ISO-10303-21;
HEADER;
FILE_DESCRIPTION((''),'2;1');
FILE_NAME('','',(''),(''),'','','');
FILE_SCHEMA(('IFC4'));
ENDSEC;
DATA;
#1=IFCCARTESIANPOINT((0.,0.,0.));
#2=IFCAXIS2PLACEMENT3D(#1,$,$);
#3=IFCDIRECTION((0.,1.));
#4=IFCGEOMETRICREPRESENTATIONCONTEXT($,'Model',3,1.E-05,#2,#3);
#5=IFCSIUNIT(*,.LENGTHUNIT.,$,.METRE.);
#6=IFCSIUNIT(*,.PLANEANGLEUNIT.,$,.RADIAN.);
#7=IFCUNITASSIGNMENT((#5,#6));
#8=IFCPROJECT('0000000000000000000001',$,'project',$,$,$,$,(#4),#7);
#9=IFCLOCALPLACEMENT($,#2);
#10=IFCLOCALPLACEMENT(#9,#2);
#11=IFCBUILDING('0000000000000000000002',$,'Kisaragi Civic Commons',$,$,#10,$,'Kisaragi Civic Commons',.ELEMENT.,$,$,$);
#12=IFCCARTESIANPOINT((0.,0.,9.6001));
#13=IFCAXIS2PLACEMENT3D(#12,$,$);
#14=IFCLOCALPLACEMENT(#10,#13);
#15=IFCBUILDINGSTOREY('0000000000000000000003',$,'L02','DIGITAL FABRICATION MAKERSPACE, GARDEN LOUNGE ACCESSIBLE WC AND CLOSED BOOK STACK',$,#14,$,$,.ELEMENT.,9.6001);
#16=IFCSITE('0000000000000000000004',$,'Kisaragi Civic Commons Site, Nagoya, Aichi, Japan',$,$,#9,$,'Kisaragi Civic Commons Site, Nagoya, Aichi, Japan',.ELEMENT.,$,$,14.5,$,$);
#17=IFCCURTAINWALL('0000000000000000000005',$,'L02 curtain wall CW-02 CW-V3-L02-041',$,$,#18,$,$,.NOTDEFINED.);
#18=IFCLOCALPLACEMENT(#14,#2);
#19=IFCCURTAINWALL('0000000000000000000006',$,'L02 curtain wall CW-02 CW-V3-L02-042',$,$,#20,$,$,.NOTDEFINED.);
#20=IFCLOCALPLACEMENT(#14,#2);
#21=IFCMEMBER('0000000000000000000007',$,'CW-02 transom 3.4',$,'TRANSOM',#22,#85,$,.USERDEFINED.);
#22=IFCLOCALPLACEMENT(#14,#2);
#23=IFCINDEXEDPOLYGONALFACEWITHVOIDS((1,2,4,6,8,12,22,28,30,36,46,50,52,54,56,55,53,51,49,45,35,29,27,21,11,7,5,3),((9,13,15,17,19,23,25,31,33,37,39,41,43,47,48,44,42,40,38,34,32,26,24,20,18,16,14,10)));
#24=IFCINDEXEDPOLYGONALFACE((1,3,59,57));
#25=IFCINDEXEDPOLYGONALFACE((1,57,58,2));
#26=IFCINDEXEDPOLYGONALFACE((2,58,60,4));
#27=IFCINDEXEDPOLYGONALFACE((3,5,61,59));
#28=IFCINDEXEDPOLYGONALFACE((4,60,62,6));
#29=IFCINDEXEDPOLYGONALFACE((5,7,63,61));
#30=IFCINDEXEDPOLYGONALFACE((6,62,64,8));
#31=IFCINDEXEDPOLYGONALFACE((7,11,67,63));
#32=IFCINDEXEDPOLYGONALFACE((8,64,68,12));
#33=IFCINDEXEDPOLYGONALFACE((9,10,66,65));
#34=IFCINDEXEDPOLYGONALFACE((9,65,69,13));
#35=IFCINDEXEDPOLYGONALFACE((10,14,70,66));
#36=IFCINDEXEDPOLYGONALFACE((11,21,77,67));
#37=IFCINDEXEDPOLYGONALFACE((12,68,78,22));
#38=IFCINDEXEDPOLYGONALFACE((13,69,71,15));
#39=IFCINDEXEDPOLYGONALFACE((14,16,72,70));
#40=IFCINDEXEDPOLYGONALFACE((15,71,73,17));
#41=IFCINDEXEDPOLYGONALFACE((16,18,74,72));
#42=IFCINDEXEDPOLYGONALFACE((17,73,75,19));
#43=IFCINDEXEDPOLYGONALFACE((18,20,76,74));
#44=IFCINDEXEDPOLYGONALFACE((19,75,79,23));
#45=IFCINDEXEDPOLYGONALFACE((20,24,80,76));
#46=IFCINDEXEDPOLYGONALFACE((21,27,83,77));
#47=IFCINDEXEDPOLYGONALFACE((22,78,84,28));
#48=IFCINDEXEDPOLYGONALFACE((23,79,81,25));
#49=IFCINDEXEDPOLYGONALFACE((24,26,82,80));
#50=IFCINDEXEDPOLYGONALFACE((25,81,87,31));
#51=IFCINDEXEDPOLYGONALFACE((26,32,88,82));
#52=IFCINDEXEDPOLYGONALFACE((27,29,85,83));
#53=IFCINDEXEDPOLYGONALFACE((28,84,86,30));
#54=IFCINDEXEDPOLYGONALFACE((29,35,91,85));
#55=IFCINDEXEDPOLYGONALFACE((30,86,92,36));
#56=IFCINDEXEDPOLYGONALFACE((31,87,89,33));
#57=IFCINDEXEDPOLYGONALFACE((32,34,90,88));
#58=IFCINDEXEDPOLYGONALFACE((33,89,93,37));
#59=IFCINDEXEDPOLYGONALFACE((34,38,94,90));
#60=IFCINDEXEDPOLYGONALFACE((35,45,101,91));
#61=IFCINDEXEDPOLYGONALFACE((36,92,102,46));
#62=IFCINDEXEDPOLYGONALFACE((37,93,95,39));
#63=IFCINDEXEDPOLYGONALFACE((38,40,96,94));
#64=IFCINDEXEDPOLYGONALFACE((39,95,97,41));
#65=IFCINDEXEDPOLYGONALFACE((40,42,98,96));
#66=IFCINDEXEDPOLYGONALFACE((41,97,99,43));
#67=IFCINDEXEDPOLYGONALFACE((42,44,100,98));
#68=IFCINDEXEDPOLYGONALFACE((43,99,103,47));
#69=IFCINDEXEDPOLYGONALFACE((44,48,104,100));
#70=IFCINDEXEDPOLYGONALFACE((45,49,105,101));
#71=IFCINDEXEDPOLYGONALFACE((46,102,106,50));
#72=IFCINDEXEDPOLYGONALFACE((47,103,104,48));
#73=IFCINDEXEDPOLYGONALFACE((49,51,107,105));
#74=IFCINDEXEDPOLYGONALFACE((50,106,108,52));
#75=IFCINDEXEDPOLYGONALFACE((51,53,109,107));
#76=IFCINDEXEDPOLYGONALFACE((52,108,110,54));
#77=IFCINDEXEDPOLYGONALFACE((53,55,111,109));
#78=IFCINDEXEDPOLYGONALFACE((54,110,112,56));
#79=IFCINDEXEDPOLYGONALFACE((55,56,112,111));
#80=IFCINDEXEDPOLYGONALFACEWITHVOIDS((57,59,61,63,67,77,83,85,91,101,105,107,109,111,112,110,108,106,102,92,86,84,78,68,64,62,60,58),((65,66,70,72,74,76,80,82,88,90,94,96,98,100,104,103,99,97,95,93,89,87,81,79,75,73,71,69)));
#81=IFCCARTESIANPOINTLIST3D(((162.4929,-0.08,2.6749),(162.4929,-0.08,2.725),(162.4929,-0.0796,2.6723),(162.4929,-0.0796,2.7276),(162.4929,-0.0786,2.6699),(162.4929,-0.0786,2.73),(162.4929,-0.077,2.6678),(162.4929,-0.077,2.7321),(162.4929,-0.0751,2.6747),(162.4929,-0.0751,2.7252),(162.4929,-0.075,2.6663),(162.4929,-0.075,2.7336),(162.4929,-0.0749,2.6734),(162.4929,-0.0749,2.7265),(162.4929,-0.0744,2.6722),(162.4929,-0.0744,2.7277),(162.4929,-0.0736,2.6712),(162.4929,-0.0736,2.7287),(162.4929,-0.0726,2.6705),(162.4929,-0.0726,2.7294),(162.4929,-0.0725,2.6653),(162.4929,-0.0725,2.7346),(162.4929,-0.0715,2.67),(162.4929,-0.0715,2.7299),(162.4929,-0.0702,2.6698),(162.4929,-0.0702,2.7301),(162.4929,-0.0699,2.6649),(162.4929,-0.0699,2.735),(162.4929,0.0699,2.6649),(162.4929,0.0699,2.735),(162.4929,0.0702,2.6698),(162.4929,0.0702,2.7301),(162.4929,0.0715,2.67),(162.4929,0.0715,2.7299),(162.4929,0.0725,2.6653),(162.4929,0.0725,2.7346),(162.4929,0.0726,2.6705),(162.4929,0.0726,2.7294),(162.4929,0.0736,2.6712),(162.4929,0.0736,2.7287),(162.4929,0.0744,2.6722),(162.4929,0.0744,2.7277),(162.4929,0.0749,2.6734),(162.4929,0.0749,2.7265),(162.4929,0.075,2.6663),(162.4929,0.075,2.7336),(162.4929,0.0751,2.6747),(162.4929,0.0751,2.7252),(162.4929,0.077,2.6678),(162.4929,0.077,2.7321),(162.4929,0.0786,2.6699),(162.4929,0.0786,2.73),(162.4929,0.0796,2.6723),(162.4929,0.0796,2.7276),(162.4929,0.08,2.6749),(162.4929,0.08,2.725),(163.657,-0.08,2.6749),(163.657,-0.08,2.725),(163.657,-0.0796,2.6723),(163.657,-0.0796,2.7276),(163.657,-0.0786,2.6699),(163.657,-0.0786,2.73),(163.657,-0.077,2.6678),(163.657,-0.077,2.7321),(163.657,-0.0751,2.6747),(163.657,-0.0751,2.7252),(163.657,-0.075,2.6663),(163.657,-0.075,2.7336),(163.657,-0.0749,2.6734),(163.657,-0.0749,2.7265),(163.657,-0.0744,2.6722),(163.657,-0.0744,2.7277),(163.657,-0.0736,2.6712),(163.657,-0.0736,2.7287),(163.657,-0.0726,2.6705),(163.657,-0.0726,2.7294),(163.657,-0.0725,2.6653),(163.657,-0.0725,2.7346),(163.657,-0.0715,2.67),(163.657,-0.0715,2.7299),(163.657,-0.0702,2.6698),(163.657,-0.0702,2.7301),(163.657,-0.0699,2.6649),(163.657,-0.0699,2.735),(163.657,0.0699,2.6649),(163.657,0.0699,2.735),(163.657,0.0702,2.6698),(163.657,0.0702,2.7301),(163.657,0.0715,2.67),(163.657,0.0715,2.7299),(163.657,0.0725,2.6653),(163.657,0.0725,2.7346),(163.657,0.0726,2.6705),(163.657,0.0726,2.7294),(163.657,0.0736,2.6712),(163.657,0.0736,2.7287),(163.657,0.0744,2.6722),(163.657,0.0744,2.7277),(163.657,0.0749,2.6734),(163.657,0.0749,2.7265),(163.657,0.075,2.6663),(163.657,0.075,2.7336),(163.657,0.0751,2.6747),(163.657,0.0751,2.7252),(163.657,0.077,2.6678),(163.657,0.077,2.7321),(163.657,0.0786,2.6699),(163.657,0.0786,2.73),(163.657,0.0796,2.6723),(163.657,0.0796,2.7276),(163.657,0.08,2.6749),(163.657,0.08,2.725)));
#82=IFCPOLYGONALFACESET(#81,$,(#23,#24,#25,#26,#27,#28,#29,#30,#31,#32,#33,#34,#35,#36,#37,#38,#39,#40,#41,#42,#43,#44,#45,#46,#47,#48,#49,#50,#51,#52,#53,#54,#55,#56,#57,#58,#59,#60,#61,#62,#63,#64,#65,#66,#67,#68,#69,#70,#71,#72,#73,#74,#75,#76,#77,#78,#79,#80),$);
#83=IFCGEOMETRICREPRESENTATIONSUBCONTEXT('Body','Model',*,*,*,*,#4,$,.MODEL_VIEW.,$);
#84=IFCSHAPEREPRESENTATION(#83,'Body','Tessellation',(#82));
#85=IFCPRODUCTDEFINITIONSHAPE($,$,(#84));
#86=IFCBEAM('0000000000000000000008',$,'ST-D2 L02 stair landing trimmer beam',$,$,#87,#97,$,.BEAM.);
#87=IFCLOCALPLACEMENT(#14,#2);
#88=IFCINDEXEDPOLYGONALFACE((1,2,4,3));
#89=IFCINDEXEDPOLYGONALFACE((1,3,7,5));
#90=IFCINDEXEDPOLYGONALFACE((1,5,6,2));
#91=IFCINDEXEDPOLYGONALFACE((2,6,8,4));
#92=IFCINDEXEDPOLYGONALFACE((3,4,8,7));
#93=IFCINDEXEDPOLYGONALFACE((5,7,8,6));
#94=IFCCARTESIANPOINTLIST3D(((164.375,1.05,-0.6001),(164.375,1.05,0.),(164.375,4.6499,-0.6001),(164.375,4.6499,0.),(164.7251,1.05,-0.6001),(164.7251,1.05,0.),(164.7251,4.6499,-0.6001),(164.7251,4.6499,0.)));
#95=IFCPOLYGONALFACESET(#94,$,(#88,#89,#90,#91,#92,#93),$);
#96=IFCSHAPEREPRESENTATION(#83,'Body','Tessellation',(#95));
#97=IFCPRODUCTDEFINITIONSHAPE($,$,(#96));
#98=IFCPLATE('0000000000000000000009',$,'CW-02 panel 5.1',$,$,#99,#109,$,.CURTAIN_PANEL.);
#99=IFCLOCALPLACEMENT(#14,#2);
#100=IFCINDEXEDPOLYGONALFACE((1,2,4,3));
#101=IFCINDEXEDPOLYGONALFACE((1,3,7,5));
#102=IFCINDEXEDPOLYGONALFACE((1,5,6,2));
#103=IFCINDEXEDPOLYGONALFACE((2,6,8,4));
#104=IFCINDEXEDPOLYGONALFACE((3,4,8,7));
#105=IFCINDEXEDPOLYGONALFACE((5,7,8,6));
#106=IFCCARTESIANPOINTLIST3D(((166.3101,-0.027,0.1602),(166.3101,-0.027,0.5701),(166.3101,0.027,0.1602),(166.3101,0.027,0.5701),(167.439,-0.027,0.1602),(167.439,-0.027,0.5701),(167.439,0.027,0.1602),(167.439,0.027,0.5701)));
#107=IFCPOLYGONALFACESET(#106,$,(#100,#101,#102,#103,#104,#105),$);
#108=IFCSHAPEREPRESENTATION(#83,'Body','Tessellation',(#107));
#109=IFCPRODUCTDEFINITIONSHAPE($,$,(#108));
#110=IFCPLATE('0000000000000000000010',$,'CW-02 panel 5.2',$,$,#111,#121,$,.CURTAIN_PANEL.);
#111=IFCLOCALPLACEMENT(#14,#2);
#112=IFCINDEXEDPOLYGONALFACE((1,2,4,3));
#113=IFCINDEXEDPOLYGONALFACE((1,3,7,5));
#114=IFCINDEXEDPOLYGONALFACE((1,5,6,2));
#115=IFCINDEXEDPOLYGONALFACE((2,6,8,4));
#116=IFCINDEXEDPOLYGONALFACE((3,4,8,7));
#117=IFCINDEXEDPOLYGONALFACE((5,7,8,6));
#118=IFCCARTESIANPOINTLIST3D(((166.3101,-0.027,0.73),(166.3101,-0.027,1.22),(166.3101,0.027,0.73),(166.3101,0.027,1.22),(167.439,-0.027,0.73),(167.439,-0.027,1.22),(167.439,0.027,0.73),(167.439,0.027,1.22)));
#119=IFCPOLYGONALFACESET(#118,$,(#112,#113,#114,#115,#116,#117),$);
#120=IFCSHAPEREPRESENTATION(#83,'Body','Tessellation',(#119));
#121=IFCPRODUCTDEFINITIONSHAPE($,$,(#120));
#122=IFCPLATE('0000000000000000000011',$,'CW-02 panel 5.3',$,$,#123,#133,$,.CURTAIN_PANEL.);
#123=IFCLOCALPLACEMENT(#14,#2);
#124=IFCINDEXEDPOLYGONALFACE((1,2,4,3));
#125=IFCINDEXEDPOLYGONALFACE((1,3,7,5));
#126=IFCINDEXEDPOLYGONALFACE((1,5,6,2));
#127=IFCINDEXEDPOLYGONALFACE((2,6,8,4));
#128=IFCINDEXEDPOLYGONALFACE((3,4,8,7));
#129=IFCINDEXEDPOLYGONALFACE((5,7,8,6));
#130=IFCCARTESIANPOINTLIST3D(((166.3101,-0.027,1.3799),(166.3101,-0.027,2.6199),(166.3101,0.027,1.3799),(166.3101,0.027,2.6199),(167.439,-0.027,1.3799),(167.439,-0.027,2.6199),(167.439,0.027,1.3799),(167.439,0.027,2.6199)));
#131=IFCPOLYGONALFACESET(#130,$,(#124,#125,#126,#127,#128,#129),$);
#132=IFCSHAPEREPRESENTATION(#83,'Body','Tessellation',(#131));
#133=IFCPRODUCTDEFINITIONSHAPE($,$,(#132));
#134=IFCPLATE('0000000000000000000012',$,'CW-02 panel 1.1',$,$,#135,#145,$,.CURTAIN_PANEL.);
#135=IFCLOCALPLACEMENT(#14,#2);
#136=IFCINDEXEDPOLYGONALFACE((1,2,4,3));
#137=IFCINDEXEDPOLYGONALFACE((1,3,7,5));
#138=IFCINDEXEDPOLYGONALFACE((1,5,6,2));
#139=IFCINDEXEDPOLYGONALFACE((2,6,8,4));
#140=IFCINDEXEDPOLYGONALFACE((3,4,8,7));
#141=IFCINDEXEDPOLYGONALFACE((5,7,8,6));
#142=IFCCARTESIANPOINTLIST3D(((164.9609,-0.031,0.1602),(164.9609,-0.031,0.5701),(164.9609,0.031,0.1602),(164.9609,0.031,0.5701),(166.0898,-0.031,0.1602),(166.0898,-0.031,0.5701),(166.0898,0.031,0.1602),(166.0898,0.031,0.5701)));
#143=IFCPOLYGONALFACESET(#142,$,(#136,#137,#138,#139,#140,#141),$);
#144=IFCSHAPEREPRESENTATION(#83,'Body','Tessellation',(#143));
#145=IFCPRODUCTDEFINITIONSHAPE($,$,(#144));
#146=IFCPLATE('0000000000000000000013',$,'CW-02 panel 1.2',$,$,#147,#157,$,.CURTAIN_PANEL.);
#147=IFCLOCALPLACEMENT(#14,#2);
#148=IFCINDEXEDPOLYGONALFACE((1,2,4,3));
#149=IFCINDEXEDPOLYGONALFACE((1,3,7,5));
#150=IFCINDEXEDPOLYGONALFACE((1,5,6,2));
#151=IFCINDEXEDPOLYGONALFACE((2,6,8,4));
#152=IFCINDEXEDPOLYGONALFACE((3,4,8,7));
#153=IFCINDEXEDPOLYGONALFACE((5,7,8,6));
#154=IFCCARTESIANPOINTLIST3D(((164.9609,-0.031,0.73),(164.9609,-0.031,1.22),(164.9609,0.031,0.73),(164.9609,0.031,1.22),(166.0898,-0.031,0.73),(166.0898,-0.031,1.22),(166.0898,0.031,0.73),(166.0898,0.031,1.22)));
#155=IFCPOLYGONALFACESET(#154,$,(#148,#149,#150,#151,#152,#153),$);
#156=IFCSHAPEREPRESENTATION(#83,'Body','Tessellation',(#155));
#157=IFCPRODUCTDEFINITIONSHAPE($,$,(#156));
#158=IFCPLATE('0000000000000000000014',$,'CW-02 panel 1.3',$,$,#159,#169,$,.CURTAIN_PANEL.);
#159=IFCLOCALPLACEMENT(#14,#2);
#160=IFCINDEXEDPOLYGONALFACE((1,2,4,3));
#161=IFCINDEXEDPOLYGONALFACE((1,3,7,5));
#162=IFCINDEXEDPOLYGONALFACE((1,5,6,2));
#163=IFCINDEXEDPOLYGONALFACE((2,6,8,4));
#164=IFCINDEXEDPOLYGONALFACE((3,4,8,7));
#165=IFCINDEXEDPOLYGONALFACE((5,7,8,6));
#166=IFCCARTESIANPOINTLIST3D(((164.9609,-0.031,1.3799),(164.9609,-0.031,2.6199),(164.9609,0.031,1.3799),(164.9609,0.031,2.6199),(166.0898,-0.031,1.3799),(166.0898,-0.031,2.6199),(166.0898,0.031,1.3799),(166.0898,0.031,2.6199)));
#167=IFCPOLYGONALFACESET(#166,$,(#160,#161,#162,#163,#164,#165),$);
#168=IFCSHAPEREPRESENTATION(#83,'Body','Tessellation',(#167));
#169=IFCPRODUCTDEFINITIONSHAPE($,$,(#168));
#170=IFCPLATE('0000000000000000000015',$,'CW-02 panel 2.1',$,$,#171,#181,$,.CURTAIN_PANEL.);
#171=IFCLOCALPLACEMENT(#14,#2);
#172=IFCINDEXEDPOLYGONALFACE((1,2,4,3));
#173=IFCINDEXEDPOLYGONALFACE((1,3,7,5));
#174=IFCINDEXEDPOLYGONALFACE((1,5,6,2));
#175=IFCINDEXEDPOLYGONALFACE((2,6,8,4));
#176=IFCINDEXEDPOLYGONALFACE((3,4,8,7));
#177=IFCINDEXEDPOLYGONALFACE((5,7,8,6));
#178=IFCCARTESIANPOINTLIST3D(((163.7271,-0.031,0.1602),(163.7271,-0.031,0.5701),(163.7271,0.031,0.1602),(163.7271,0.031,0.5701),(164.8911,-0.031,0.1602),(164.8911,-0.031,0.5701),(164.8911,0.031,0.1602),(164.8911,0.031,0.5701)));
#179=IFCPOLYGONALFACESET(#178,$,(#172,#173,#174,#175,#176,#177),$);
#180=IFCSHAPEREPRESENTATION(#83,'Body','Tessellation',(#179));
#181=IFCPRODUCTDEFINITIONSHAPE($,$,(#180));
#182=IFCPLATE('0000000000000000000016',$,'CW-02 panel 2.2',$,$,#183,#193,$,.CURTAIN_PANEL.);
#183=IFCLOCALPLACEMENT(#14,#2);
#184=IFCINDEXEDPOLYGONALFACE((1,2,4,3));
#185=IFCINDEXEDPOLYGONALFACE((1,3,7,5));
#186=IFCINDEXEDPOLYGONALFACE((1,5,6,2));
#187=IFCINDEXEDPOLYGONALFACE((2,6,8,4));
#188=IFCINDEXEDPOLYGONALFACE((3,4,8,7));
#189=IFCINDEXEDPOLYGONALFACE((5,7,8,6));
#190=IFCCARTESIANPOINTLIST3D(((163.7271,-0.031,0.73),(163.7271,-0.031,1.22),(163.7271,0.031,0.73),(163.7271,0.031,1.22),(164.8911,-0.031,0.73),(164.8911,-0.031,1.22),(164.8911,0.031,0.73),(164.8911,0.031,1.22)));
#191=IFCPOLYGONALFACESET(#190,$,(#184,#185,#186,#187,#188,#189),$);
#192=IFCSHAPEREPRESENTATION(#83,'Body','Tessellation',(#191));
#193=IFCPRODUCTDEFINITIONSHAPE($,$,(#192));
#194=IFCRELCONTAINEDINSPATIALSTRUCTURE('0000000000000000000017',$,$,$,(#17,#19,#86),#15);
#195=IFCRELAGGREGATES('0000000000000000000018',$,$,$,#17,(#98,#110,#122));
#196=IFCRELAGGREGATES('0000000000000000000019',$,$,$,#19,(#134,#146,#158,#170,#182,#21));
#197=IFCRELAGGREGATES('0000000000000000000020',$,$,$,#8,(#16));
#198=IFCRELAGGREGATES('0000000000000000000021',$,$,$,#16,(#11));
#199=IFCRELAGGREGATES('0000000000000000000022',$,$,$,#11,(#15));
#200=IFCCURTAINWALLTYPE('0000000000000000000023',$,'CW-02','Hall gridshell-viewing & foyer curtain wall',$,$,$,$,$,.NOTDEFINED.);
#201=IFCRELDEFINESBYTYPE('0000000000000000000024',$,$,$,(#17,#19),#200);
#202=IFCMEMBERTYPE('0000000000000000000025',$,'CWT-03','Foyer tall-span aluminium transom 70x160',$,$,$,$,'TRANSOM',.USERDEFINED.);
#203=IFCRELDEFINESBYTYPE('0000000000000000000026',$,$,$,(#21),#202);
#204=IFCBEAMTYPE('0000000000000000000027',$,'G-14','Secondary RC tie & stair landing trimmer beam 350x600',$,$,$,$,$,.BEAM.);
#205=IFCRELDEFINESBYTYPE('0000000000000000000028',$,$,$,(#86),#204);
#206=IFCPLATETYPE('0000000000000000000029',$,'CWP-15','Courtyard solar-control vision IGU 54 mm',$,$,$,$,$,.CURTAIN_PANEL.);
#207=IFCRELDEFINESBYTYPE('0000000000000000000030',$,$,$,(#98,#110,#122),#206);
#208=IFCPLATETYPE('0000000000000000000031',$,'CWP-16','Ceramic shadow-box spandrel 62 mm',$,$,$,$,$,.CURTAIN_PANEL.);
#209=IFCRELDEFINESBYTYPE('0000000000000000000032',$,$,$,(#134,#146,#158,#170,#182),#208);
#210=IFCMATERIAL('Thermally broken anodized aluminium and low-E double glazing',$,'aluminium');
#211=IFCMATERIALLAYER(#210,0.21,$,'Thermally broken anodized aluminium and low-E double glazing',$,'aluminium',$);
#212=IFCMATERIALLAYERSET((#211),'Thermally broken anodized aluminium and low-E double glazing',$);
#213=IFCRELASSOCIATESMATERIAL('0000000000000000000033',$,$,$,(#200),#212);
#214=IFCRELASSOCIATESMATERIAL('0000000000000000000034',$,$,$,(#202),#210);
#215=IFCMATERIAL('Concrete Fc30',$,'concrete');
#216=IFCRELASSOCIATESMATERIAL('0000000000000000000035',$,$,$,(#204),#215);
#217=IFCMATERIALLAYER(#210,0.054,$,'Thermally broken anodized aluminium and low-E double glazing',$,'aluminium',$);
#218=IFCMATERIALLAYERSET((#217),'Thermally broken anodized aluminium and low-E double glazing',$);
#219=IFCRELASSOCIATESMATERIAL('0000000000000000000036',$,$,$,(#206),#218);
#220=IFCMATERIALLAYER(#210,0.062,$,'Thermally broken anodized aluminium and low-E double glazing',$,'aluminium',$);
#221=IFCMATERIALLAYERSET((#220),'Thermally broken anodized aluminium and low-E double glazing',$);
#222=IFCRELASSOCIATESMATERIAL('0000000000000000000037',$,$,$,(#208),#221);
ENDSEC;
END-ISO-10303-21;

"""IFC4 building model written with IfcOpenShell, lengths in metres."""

from ifc_helpers import new_model, si_unit, direction, frame, origin, origin_2d, place, context, subcontext, project, spatial, rectangle, hollow_rectangle, extrude, material, layer, layer_set, material_profile, profile_set, type_object, element, aggregate, save


model = new_model("IFC4")

# Units and contexts
model_context = context("Model", 3, precision=1e-05, world=origin(), true_north=direction((0.0, 1.0)))
body_context = subcontext(model_context, "Body", "Model", "MODEL_VIEW")
ifc_project = project(units=[si_unit("LENGTHUNIT", "METRE"), si_unit("PLANEANGLEUNIT", "RADIAN")], contexts=[model_context])

# Site, building, storey
site_placement = place(None, origin())
site = spatial("IfcSite", under=ifc_project, at=site_placement, Name="Kisaragi Civic Commons Site, Nagoya, Aichi, Japan", LongName="Kisaragi Civic Commons Site, Nagoya, Aichi, Japan", CompositionType="ELEMENT", RefElevation=14.5)
building_placement = place(site_placement, origin())
building = spatial("IfcBuilding", under=site, at=building_placement, Name="Kisaragi Civic Commons", LongName="Kisaragi Civic Commons", CompositionType="ELEMENT")
storey_placement = place(building_placement, frame((0.0, 0.0, 9.6001)))
storey = spatial("IfcBuildingStorey", under=building, at=storey_placement, Name="L02", Description="DIGITAL FABRICATION MAKERSPACE, GARDEN LOUNGE ACCESSIBLE WC AND CLOSED BOOK STACK", CompositionType="ELEMENT", Elevation=9.6001)

# Curtain wall
ifc_material_1 = material(Name="Thermally broken anodized aluminium and low-E double glazing", Category="aluminium")
ifc_layer_1 = layer(ifc_material_1, 0.21, Name="Thermally broken anodized aluminium and low-E double glazing", Category="aluminium")
ifc_layer_set_1 = layer_set([ifc_layer_1], Name="Thermally broken anodized aluminium and low-E double glazing")
curtain_wall_type = type_object("IfcCurtainWallType", Name="CW-02", Description="Hall gridshell-viewing & foyer curtain wall", PredefinedType="NOTDEFINED", material=ifc_layer_set_1)
curtain_wall_1_placement = place(storey_placement, origin())
curtain_wall_1 = element("IfcCurtainWall", 1, at=curtain_wall_1_placement, inside=storey, type_object=curtain_wall_type, Name="L02 curtain wall CW-02 CW-V3-L02-041", PredefinedType="NOTDEFINED")

# Curtain wall
curtain_wall_2_placement = place(storey_placement, origin())
curtain_wall_2 = element("IfcCurtainWall", 2, at=curtain_wall_2_placement, inside=storey, type_object=curtain_wall_type, Name="L02 curtain wall CW-02 CW-V3-L02-042", PredefinedType="NOTDEFINED")

# Member
ifc_material_profile_1 = material_profile(ifc_material_1, hollow_rectangle(XDim=0.1599, YDim=0.0701, WallThickness=0.0049, InnerFilletRadius=0.0049, OuterFilletRadius=0.01, at=origin_2d()), Name="CWT-70x160x5", Category="aluminium")
ifc_profile_set_1 = profile_set([ifc_material_profile_1], Name="Thermally broken anodized aluminium and low-E double glazing")
member_type_1 = type_object("IfcMemberType", Name="CWT-03", Description="Foyer tall-span aluminium transom 70x160", ElementType="TRANSOM", PredefinedType="USERDEFINED", material=ifc_profile_set_1)
member_1_placement = place(storey_placement, frame((163.657, 0.0, 2.7), z_axis=(-1.0, 0.0, 0.0), x_axis=(0.0, -1.0, 0.0)))
member_1 = element("IfcMember", 3, at=member_1_placement, type_object=member_type_1, Name="CW-02 transom 3.4", ObjectType="TRANSOM", PredefinedType="USERDEFINED", context=body_context, shape_type="SweptSolid", body=[
    extrude(hollow_rectangle(XDim=0.1599, YDim=0.0701, WallThickness=0.0049, InnerFilletRadius=0.0049, OuterFilletRadius=0.01, at=origin_2d()), origin(), (0.0, 0.0, 1.0), 1.1641),
])

# Beam
ifc_material_2 = material(Name="Concrete Fc30", Category="concrete")
ifc_material_profile_2 = material_profile(ifc_material_2, rectangle(XDim=0.3501, YDim=0.6001, at=origin_2d()), Name="RC-350x600", Category="concrete")
ifc_profile_set_2 = profile_set([ifc_material_profile_2], Name="Concrete Fc30")
beam_type = type_object("IfcBeamType", Name="G-14", Description="Secondary RC tie & stair landing trimmer beam 350x600", PredefinedType="BEAM", material=ifc_profile_set_2)
beam_placement = place(storey_placement, frame((164.55, 1.05, -0.3), z_axis=(0.0, 1.0, 0.0), x_axis=(-1.0, 0.0, 0.0)))
element("IfcBeam", 4, at=beam_placement, inside=storey, type_object=beam_type, Name="ST-D2 L02 stair landing trimmer beam", PredefinedType="BEAM", context=body_context, shape_type="SweptSolid", body=[
    extrude(rectangle(XDim=0.3501, YDim=0.6001, at=origin_2d()), origin(), (0.0, 0.0, 1.0), 3.5999),
])

# Plates
ifc_layer_2 = layer(ifc_material_1, 0.054, Name="Thermally broken anodized aluminium and low-E double glazing", Category="aluminium")
ifc_layer_set_2 = layer_set([ifc_layer_2], Name="Thermally broken anodized aluminium and low-E double glazing")
plate_type_1 = type_object("IfcPlateType", Name="CWP-15", Description="Courtyard solar-control vision IGU 54 mm", PredefinedType="CURTAIN_PANEL", material=ifc_layer_set_2)
plate_1_placement = place(storey_placement, frame((166.8745, 0.0, 0.1602), z_axis=(0.0, 0.0, 1.0), x_axis=(-1.0, 0.0, 0.0)))
plate_1 = element("IfcPlate", 5, at=plate_1_placement, type_object=plate_type_1, Name="CW-02 panel 5.1", PredefinedType="CURTAIN_PANEL", context=body_context, shape_type="SweptSolid", body=[
    extrude(rectangle(XDim=1.1289, YDim=0.054, at=origin_2d()), origin(), (0.0, 0.0, 1.0), 0.4099),
])
plate_2_placement = place(storey_placement, frame((166.8745, 0.0, 0.73), z_axis=(0.0, 0.0, 1.0), x_axis=(-1.0, 0.0, 0.0)))
plate_2 = element("IfcPlate", 6, at=plate_2_placement, type_object=plate_type_1, Name="CW-02 panel 5.2", PredefinedType="CURTAIN_PANEL", context=body_context, shape_type="SweptSolid", body=[
    extrude(rectangle(XDim=1.1289, YDim=0.054, at=origin_2d()), origin(), (0.0, 0.0, 1.0), 0.49),
])
plate_3_placement = place(storey_placement, frame((166.8745, 0.0, 1.3799), z_axis=(0.0, 0.0, 1.0), x_axis=(-1.0, 0.0, 0.0)))
plate_3 = element("IfcPlate", 7, at=plate_3_placement, type_object=plate_type_1, Name="CW-02 panel 5.3", PredefinedType="CURTAIN_PANEL", context=body_context, shape_type="SweptSolid", body=[
    extrude(rectangle(XDim=1.1289, YDim=0.054, at=origin_2d()), origin(), (0.0, 0.0, 1.0), 1.24),
])
aggregate(curtain_wall_1, [plate_1, plate_2, plate_3])
ifc_layer_3 = layer(ifc_material_1, 0.062, Name="Thermally broken anodized aluminium and low-E double glazing", Category="aluminium")
ifc_layer_set_3 = layer_set([ifc_layer_3], Name="Thermally broken anodized aluminium and low-E double glazing")
plate_type_2 = type_object("IfcPlateType", Name="CWP-16", Description="Ceramic shadow-box spandrel 62 mm", PredefinedType="CURTAIN_PANEL", material=ifc_layer_set_3)
plate_4_placement = place(storey_placement, frame((165.5254, 0.0, 0.1602), z_axis=(0.0, 0.0, 1.0), x_axis=(-1.0, 0.0, 0.0)))
plate_4 = element("IfcPlate", 8, at=plate_4_placement, type_object=plate_type_2, Name="CW-02 panel 1.1", PredefinedType="CURTAIN_PANEL", context=body_context, shape_type="SweptSolid", body=[
    extrude(rectangle(XDim=1.1289, YDim=0.062, at=origin_2d()), origin(), (0.0, 0.0, 1.0), 0.4099),
])
plate_5_placement = place(storey_placement, frame((165.5254, 0.0, 0.73), z_axis=(0.0, 0.0, 1.0), x_axis=(-1.0, 0.0, 0.0)))
plate_5 = element("IfcPlate", 9, at=plate_5_placement, type_object=plate_type_2, Name="CW-02 panel 1.2", PredefinedType="CURTAIN_PANEL", context=body_context, shape_type="SweptSolid", body=[
    extrude(rectangle(XDim=1.1289, YDim=0.062, at=origin_2d()), origin(), (0.0, 0.0, 1.0), 0.49),
])
plate_6_placement = place(storey_placement, frame((165.5254, 0.0, 1.3799), z_axis=(0.0, 0.0, 1.0), x_axis=(-1.0, 0.0, 0.0)))
plate_6 = element("IfcPlate", 10, at=plate_6_placement, type_object=plate_type_2, Name="CW-02 panel 1.3", PredefinedType="CURTAIN_PANEL", context=body_context, shape_type="SweptSolid", body=[
    extrude(rectangle(XDim=1.1289, YDim=0.062, at=origin_2d()), origin(), (0.0, 0.0, 1.0), 1.24),
])
plate_7_placement = place(storey_placement, frame((164.3091, 0.0, 0.1602), z_axis=(0.0, 0.0, 1.0), x_axis=(-1.0, 0.0, 0.0)))
plate_7 = element("IfcPlate", 11, at=plate_7_placement, type_object=plate_type_2, Name="CW-02 panel 2.1", PredefinedType="CURTAIN_PANEL", context=body_context, shape_type="SweptSolid", body=[
    extrude(rectangle(XDim=1.1641, YDim=0.062, at=origin_2d()), origin(), (0.0, 0.0, 1.0), 0.4099),
])
plate_8_placement = place(storey_placement, frame((164.3091, 0.0, 0.73), z_axis=(0.0, 0.0, 1.0), x_axis=(-1.0, 0.0, 0.0)))
plate_8 = element("IfcPlate", 12, at=plate_8_placement, type_object=plate_type_2, Name="CW-02 panel 2.2", PredefinedType="CURTAIN_PANEL", context=body_context, shape_type="SweptSolid", body=[
    extrude(rectangle(XDim=1.1641, YDim=0.062, at=origin_2d()), origin(), (0.0, 0.0, 1.0), 0.49),
])
aggregate(curtain_wall_2, [plate_4, plate_5, plate_6, plate_7, plate_8, member_1])

save(model, "model.ifc")
